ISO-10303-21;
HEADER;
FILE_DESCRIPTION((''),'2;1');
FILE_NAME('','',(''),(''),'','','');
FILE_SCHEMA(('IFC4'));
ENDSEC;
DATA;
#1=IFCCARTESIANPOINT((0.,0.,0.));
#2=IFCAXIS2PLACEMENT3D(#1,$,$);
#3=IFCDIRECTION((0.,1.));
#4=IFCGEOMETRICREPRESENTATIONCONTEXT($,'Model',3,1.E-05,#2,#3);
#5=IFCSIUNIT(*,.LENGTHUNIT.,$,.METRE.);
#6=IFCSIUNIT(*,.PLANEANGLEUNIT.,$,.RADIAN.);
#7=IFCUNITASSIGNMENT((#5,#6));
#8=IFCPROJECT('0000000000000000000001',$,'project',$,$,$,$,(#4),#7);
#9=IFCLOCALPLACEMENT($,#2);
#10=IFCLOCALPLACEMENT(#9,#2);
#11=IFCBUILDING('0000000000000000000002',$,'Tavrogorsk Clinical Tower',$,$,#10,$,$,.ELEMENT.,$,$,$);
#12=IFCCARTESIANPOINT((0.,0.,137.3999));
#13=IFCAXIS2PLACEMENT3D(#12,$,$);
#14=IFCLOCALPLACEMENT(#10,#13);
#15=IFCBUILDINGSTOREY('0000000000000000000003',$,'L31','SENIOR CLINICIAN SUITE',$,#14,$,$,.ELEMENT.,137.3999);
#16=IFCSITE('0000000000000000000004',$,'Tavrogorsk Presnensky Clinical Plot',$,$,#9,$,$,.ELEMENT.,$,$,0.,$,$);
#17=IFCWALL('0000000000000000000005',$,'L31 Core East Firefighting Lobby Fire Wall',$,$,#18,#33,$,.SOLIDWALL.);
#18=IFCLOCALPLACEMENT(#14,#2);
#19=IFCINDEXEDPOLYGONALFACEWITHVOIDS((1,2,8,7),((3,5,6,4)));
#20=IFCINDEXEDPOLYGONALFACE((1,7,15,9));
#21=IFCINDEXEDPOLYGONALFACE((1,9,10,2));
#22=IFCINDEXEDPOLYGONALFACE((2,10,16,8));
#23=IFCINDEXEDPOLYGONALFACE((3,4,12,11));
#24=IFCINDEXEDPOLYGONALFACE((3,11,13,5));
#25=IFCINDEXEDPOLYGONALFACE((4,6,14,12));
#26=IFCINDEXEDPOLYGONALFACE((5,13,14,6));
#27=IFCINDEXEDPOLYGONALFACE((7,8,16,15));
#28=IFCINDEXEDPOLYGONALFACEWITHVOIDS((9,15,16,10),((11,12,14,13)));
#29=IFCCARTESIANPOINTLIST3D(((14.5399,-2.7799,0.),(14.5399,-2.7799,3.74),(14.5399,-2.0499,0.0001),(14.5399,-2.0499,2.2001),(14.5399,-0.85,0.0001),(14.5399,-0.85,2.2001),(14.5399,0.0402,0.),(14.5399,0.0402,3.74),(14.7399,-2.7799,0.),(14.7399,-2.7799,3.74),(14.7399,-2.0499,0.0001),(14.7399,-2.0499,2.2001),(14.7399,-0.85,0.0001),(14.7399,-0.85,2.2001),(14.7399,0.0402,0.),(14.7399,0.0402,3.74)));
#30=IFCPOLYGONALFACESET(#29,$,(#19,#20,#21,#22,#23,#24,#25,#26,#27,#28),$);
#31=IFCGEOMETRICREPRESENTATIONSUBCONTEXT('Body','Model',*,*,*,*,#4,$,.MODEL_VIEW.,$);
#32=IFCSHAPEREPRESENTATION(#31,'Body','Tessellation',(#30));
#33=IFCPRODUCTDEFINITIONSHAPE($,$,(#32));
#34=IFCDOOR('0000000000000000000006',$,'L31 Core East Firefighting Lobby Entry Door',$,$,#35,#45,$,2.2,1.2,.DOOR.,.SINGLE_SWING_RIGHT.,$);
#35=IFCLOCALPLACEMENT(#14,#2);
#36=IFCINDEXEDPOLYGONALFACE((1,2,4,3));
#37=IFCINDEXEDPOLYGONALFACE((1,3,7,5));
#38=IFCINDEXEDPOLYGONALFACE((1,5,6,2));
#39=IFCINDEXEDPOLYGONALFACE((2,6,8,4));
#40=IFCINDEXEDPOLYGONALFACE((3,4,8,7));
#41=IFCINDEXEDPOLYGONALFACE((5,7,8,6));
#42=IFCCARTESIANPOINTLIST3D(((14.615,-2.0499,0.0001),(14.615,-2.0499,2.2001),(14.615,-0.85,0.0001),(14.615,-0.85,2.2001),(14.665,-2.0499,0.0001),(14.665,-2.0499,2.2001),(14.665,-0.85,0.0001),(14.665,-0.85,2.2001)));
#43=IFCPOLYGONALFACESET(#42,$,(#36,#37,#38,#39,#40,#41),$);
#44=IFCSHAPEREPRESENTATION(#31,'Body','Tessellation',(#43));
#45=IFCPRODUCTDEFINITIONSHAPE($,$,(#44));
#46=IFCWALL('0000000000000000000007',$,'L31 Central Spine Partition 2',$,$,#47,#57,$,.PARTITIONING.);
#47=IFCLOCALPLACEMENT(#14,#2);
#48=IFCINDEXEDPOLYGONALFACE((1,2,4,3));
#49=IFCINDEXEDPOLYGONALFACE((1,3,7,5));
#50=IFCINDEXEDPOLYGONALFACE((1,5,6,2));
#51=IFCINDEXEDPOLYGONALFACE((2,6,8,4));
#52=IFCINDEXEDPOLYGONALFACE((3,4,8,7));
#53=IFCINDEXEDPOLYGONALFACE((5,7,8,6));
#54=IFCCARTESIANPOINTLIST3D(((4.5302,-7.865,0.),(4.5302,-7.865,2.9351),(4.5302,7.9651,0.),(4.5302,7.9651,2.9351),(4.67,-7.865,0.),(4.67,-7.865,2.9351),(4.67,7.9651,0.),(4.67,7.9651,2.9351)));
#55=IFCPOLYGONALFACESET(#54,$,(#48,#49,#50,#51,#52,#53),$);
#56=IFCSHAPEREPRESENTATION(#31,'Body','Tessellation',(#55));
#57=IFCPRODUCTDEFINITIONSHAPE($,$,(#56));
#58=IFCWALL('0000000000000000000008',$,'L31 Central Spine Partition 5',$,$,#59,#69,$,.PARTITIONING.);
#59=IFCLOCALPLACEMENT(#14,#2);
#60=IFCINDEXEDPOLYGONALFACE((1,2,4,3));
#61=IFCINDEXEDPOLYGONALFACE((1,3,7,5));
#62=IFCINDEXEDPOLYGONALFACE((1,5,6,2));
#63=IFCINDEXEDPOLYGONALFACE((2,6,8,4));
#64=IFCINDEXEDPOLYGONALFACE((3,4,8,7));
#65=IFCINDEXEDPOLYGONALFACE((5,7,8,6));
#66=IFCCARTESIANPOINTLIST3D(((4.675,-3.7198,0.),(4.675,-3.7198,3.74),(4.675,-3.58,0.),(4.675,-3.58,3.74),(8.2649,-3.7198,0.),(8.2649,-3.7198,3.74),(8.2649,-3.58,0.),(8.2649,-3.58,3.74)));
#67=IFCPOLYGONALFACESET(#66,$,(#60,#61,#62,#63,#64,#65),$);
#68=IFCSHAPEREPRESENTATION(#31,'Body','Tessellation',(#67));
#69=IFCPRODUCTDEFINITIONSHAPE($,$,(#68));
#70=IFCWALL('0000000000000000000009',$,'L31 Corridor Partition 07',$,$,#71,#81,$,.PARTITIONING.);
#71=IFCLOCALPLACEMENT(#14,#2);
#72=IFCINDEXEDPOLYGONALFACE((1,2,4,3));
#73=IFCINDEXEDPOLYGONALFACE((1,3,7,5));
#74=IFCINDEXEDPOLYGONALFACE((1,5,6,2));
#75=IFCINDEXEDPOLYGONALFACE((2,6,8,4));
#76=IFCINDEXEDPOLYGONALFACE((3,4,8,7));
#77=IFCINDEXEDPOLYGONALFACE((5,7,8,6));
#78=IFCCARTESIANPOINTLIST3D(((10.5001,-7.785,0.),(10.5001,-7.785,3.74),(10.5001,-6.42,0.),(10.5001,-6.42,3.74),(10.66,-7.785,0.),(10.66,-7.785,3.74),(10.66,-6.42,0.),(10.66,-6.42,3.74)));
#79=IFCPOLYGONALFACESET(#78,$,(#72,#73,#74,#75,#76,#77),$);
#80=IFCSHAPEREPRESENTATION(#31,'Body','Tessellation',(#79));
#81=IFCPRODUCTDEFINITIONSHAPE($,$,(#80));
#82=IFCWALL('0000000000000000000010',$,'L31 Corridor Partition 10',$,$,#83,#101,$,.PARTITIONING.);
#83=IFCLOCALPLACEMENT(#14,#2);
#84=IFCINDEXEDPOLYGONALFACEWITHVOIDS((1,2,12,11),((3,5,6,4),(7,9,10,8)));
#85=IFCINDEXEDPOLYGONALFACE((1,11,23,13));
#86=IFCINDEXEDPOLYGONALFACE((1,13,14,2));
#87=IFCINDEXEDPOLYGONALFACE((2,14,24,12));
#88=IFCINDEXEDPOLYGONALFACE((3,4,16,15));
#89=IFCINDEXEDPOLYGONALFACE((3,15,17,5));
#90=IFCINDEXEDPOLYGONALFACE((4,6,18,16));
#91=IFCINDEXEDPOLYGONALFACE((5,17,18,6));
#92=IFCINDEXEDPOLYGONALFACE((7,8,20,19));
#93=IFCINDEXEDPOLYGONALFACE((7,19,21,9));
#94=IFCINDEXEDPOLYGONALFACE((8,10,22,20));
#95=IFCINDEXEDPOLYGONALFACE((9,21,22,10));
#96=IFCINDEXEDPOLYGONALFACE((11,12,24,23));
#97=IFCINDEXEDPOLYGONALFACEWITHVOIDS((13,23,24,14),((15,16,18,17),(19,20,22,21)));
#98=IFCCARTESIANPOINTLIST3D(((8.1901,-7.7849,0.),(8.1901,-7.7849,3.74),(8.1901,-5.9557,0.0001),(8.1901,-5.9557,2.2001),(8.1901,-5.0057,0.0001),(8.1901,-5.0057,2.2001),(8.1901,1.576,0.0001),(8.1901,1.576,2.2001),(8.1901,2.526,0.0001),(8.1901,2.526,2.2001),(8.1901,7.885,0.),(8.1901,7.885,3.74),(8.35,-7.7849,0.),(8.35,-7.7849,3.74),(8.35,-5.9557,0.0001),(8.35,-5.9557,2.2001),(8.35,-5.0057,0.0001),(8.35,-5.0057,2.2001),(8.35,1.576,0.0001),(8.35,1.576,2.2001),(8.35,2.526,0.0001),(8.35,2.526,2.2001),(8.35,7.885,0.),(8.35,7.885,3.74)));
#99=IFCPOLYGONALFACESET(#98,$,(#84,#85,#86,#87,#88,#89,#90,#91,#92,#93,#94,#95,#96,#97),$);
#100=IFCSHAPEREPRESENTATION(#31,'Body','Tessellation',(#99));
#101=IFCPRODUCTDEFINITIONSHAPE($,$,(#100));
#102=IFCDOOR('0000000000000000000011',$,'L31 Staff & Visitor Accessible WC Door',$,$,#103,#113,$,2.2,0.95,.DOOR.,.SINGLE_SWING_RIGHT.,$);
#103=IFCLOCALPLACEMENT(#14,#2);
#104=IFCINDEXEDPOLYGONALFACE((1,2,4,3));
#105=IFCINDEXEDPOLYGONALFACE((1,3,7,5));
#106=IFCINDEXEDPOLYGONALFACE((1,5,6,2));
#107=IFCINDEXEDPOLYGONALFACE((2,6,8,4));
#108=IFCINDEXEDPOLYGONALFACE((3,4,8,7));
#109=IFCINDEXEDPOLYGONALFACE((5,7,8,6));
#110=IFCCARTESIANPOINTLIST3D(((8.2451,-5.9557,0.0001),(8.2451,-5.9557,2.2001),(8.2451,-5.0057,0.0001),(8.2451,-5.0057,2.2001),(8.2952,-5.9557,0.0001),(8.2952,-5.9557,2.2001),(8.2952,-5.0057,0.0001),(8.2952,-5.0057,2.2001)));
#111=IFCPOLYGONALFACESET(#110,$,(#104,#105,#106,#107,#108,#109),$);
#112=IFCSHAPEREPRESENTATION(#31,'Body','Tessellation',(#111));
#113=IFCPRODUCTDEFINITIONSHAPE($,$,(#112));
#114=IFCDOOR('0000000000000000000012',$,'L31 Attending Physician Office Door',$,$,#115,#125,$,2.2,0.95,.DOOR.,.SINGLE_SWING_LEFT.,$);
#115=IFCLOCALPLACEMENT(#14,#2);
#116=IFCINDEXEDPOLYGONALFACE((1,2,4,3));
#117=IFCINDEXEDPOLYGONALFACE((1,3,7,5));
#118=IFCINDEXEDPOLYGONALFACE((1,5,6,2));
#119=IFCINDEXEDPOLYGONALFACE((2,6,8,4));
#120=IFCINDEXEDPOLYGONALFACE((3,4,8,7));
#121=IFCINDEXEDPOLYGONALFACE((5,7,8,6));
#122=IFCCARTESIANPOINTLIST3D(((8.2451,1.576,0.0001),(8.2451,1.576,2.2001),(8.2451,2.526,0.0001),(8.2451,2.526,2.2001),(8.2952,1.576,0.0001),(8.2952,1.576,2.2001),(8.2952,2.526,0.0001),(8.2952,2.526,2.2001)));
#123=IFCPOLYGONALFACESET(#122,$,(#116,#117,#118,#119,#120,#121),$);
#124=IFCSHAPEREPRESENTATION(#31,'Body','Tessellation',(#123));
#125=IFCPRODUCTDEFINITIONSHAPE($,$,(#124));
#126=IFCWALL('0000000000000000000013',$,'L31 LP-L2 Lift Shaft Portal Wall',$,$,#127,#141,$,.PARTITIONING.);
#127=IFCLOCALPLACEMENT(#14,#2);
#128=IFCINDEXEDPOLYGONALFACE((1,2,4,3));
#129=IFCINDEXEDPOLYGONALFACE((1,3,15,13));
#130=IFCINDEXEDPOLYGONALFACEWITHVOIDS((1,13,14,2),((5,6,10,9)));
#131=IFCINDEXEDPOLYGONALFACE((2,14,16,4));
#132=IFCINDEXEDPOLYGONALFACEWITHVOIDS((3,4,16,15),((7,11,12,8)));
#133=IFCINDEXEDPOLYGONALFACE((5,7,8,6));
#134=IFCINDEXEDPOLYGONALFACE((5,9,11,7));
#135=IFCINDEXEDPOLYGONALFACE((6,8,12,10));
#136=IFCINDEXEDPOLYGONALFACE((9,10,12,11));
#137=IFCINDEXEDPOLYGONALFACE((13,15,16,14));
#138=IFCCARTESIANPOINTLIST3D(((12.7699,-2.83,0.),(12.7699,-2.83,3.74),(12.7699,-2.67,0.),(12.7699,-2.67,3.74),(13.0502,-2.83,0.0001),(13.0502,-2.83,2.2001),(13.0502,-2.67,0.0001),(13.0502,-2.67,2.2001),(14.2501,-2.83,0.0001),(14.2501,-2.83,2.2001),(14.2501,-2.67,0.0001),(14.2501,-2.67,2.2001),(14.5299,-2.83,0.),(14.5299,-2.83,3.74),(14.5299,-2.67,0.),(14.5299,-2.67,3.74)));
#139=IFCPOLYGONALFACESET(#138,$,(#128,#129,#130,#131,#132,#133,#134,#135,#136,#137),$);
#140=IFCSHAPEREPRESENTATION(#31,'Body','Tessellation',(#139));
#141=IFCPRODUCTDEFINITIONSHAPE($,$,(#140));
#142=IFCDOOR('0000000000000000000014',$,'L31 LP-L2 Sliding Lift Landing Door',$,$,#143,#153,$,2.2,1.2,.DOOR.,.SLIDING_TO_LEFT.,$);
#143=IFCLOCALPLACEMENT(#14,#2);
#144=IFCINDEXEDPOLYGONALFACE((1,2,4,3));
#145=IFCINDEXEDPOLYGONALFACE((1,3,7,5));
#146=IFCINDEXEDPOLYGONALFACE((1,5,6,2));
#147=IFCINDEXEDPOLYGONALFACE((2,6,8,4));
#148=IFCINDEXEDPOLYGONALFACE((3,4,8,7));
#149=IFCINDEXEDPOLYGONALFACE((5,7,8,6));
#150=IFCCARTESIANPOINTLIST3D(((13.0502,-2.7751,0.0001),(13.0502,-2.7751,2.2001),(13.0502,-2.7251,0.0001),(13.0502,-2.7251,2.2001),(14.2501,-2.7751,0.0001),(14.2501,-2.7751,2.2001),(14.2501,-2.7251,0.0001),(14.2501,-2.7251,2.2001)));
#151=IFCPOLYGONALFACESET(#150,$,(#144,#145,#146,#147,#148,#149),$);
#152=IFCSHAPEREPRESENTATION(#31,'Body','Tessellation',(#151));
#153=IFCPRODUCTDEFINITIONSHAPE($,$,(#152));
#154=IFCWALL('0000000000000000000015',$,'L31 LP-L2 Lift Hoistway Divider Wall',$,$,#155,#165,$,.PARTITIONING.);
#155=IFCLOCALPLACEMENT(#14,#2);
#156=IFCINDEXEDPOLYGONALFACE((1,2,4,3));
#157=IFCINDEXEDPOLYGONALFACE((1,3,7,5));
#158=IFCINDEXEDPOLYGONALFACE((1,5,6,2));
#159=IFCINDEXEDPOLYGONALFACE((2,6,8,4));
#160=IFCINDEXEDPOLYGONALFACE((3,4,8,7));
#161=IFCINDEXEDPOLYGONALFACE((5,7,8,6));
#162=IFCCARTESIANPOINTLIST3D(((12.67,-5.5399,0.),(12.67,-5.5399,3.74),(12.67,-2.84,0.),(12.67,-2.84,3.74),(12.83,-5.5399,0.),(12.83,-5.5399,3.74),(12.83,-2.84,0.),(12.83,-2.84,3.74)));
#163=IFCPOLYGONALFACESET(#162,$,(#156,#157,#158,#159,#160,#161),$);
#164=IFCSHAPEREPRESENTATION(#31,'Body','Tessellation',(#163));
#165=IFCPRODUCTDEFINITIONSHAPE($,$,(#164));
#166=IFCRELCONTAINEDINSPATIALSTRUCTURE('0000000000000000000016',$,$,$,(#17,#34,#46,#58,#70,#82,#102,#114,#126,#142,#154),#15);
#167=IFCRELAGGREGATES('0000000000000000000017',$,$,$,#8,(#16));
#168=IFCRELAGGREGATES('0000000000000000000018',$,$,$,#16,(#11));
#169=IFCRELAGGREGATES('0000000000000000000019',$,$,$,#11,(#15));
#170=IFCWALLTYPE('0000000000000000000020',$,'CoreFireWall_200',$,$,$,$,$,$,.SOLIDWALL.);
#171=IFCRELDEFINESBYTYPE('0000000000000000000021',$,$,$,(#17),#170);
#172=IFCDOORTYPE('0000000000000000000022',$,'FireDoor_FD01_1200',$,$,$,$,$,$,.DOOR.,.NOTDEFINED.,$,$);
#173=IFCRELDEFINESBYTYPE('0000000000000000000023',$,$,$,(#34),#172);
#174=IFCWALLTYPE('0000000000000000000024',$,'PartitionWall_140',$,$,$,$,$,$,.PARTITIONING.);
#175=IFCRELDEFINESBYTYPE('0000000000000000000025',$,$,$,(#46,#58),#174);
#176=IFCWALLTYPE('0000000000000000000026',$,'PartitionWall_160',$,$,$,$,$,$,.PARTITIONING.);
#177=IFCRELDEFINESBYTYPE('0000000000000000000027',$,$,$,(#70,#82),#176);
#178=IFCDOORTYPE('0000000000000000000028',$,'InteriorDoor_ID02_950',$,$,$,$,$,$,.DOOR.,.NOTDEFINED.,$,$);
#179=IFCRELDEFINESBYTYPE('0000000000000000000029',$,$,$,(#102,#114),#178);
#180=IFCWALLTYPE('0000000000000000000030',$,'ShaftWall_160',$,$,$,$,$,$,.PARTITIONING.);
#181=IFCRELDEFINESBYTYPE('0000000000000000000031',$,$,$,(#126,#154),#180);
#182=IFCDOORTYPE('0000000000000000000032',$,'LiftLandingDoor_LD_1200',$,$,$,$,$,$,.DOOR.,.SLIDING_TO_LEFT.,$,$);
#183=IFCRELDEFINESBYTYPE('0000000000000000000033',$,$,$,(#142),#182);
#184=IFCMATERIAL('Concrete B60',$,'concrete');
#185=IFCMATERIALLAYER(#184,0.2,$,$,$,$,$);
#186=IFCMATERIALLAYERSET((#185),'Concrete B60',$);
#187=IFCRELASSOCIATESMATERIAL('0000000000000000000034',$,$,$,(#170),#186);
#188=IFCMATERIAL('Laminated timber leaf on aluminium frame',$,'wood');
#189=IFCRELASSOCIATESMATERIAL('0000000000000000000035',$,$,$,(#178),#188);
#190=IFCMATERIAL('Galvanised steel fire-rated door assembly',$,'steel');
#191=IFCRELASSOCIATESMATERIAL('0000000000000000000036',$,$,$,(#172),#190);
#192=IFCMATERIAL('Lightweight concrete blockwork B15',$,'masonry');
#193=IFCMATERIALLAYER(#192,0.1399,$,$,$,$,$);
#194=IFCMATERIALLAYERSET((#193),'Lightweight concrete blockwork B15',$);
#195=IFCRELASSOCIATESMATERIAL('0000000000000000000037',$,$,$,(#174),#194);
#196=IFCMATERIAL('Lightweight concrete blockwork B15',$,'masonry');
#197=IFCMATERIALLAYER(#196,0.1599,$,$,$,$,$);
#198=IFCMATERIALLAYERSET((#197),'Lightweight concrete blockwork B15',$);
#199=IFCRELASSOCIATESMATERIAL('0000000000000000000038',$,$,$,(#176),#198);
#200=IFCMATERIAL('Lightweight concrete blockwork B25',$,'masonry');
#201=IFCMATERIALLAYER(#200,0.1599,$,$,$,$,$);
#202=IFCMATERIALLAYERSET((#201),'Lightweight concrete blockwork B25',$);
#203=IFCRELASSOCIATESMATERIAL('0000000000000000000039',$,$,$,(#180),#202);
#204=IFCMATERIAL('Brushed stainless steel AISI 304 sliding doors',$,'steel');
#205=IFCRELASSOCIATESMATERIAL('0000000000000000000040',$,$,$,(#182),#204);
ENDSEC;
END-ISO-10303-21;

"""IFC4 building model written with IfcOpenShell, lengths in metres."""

from ifc_helpers import new_model, si_unit, direction, frame, frame_2d, origin, place, context, subcontext, project, spatial, rectangle, extrude, material, layer, layer_set, type_object, element, fill, save


model = new_model("IFC4")

# Units and contexts
model_context = context("Model", 3, precision=1e-05, world=origin(), true_north=direction((0.0, 1.0)))
body_context = subcontext(model_context, "Body", "Model", "MODEL_VIEW")
ifc_project = project(units=[si_unit("LENGTHUNIT", "METRE"), si_unit("PLANEANGLEUNIT", "RADIAN")], contexts=[model_context])

# Site, building, storey
site_placement = place(None, origin())
site = spatial("IfcSite", under=ifc_project, at=site_placement, Name="Tavrogorsk Presnensky Clinical Plot", CompositionType="ELEMENT", RefElevation=0.0)
building_placement = place(site_placement, origin())
building = spatial("IfcBuilding", under=site, at=building_placement, Name="Tavrogorsk Clinical Tower", CompositionType="ELEMENT")
storey_placement = place(building_placement, frame((0.0, 0.0, 137.3999)))
storey = spatial("IfcBuildingStorey", under=building, at=storey_placement, Name="L31", Description="SENIOR CLINICIAN SUITE", CompositionType="ELEMENT", Elevation=137.3999)

# Wall, opening, door
ifc_material_1 = material(Name="Concrete B60", Category="concrete")
ifc_layer_1 = layer(ifc_material_1, 0.2)
ifc_layer_set_1 = layer_set([ifc_layer_1], Name="Concrete B60")
wall_type_1 = type_object("IfcWallType", Name="CoreFireWall_200", PredefinedType="SOLIDWALL", material=ifc_layer_set_1)
ifc_material_2 = material(Name="Laminated timber leaf on aluminium frame", Category="wood")
door_type_1 = type_object("IfcDoorType", Name="InteriorDoor_ID02_950", OperationType="NOTDEFINED", PredefinedType="DOOR", material=ifc_material_2)
wall_1_placement = place(storey_placement, frame((14.6399, -2.78, 0.0), z_axis=(0.0, 0.0, 1.0), x_axis=(0.0, 1.0, 0.0)))
wall_1 = element("IfcWall", 1, at=wall_1_placement, inside=storey, type_object=wall_type_1, Name="L31 Core East Firefighting Lobby Fire Wall", PredefinedType="SOLIDWALL", context=body_context, shape_type="SweptSolid", body=[
    extrude(rectangle(XDim=2.8201, YDim=0.2, at=frame_2d((1.4102, 0.0))), origin(), (0.0, 0.0, 1.0), 3.74),
])
opening_1_placement = place(wall_1_placement, frame((0.73, 0.0, 0.0)))
opening_1 = element("IfcOpeningElement", 2, at=opening_1_placement, cuts=wall_1, PredefinedType="OPENING", context=body_context, shape_type="SweptSolid", body=[
    extrude(rectangle(XDim=1.2, YDim=2.2, at=frame_2d((0.6001, 1.1001))), frame((0.0, 0.1099, 0.0), z_axis=(0.0, -1.0, 0.0), x_axis=(1.0, 0.0, 0.0)), (0.0, 0.0, 1.0), 0.22),
])
ifc_material_3 = material(Name="Galvanised steel fire-rated door assembly", Category="steel")
door_type_2 = type_object("IfcDoorType", Name="FireDoor_FD01_1200", OperationType="NOTDEFINED", PredefinedType="DOOR", material=ifc_material_3)
door_1_placement = place(opening_1_placement, origin())
door_1 = element("IfcDoor", 3, at=door_1_placement, inside=storey, type_object=door_type_2, Name="L31 Core East Firefighting Lobby Entry Door", OperationType="SINGLE_SWING_RIGHT", OverallHeight=2.2, OverallWidth=1.2, PredefinedType="DOOR", context=body_context, shape_type="SweptSolid", body=[
    extrude(rectangle(XDim=1.2, YDim=2.2, at=frame_2d((0.6001, 1.1001))), frame((0.0, 0.0249, 0.0), z_axis=(0.0, -1.0, 0.0), x_axis=(1.0, 0.0, 0.0)), (0.0, 0.0, 1.0), 0.05),
])
fill(opening_1, door_1)

# Walls
ifc_material_4 = material(Name="Lightweight concrete blockwork B15", Category="masonry")
ifc_layer_2 = layer(ifc_material_4, 0.1399)
ifc_layer_set_2 = layer_set([ifc_layer_2], Name="Lightweight concrete blockwork B15")
wall_type_2 = type_object("IfcWallType", Name="PartitionWall_140", PredefinedType="PARTITIONING", material=ifc_layer_set_2)
wall_2_placement = place(storey_placement, frame((4.6001, -7.865, 0.0), z_axis=(0.0, 0.0, 1.0), x_axis=(0.0, 1.0, 0.0)))
element("IfcWall", 4, at=wall_2_placement, inside=storey, type_object=wall_type_2, Name="L31 Central Spine Partition 2", PredefinedType="PARTITIONING", context=body_context, shape_type="SweptSolid", body=[
    extrude(rectangle(XDim=15.8301, YDim=0.1399, at=frame_2d((7.915, 0.0))), origin(), (0.0, 0.0, 1.0), 2.9351),
])
wall_3_placement = place(storey_placement, frame((4.675, -3.6499, 0.0), z_axis=(0.0, 0.0, 1.0), x_axis=(1.0, 0.0, 0.0)))
element("IfcWall", 5, at=wall_3_placement, inside=storey, type_object=wall_type_2, Name="L31 Central Spine Partition 5", PredefinedType="PARTITIONING", context=body_context, shape_type="SweptSolid", body=[
    extrude(rectangle(XDim=3.5898, YDim=0.1399, at=frame_2d((1.7949, 0.0))), origin(), (0.0, 0.0, 1.0), 3.74),
])
ifc_material_5 = material(Name="Lightweight concrete blockwork B15", Category="masonry")
ifc_layer_3 = layer(ifc_material_5, 0.1599)
ifc_layer_set_3 = layer_set([ifc_layer_3], Name="Lightweight concrete blockwork B15")
wall_type_3 = type_object("IfcWallType", Name="PartitionWall_160", PredefinedType="PARTITIONING", material=ifc_layer_set_3)
wall_4_placement = place(storey_placement, frame((10.5801, -6.4199, 0.0), z_axis=(0.0, 0.0, 1.0), x_axis=(0.0, -1.0, 0.0)))
element("IfcWall", 6, at=wall_4_placement, inside=storey, type_object=wall_type_3, Name="L31 Corridor Partition 07", PredefinedType="PARTITIONING", context=body_context, shape_type="SweptSolid", body=[
    extrude(rectangle(XDim=1.365, YDim=0.1599, at=frame_2d((0.6826, 0.0))), origin(), (0.0, 0.0, 1.0), 3.74),
])

# Wall, openings, doors
wall_5_placement = place(storey_placement, frame((8.27, -7.7849, 0.0), z_axis=(0.0, 0.0, 1.0), x_axis=(0.0, 1.0, 0.0)))
wall_5 = element("IfcWall", 7, at=wall_5_placement, inside=storey, type_object=wall_type_3, Name="L31 Corridor Partition 10", PredefinedType="PARTITIONING", context=body_context, shape_type="SweptSolid", body=[
    extrude(rectangle(XDim=15.6699, YDim=0.1599, at=frame_2d((7.835, 0.0))), origin(), (0.0, 0.0, 1.0), 3.74),
])
opening_2_placement = place(wall_5_placement, frame((1.8291, 0.0, 0.0)))
opening_2 = element("IfcOpeningElement", 8, at=opening_2_placement, cuts=wall_5, PredefinedType="OPENING", context=body_context, shape_type="SweptSolid", body=[
    extrude(rectangle(XDim=0.95, YDim=2.2, at=frame_2d((0.4751, 1.1001))), frame((0.0, 0.0898, 0.0), z_axis=(0.0, -1.0, 0.0), x_axis=(1.0, 0.0, 0.0)), (0.0, 0.0, 1.0), 0.1799),
])
opening_3_placement = place(wall_5_placement, frame((9.3608, 0.0, 0.0)))
opening_3 = element("IfcOpeningElement", 9, at=opening_3_placement, cuts=wall_5, PredefinedType="OPENING", context=body_context, shape_type="SweptSolid", body=[
    extrude(rectangle(XDim=0.95, YDim=2.2, at=frame_2d((0.4751, 1.1001))), frame((0.0, 0.0898, 0.0), z_axis=(0.0, -1.0, 0.0), x_axis=(1.0, 0.0, 0.0)), (0.0, 0.0, 1.0), 0.1799),
])
door_2_placement = place(opening_2_placement, origin())
door_2 = element("IfcDoor", 10, at=door_2_placement, inside=storey, type_object=door_type_1, Name="L31 Staff & Visitor Accessible WC Door", OperationType="SINGLE_SWING_RIGHT", OverallHeight=2.2, OverallWidth=0.95, PredefinedType="DOOR", context=body_context, shape_type="SweptSolid", body=[
    extrude(rectangle(XDim=0.95, YDim=2.2, at=frame_2d((0.4751, 1.1001))), frame((0.0, 0.0249, 0.0), z_axis=(0.0, -1.0, 0.0), x_axis=(1.0, 0.0, 0.0)), (0.0, 0.0, 1.0), 0.05),
])
fill(opening_2, door_2)
door_3_placement = place(opening_3_placement, origin())
door_3 = element("IfcDoor", 11, at=door_3_placement, inside=storey, type_object=door_type_1, Name="L31 Attending Physician Office Door", OperationType="SINGLE_SWING_LEFT", OverallHeight=2.2, OverallWidth=0.95, PredefinedType="DOOR", context=body_context, shape_type="SweptSolid", body=[
    extrude(rectangle(XDim=0.95, YDim=2.2, at=frame_2d((0.4751, 1.1001))), frame((0.0, 0.0249, 0.0), z_axis=(0.0, -1.0, 0.0), x_axis=(1.0, 0.0, 0.0)), (0.0, 0.0, 1.0), 0.05),
])
fill(opening_3, door_3)

# Wall, opening, door
ifc_material_6 = material(Name="Lightweight concrete blockwork B25", Category="masonry")
ifc_layer_4 = layer(ifc_material_6, 0.1599)
ifc_layer_set_4 = layer_set([ifc_layer_4], Name="Lightweight concrete blockwork B25")
wall_type_4 = type_object("IfcWallType", Name="ShaftWall_160", PredefinedType="PARTITIONING", material=ifc_layer_set_4)
wall_6_placement = place(storey_placement, frame((12.77, -2.75, 0.0), z_axis=(0.0, 0.0, 1.0), x_axis=(1.0, 0.0, 0.0)))
wall_6 = element("IfcWall", 12, at=wall_6_placement, inside=storey, type_object=wall_type_4, Name="L31 LP-L2 Lift Shaft Portal Wall", PredefinedType="PARTITIONING", context=body_context, shape_type="SweptSolid", body=[
    extrude(rectangle(XDim=1.76, YDim=0.1599, at=frame_2d((0.8799, 0.0))), origin(), (0.0, 0.0, 1.0), 3.74),
])
opening_4_placement = place(wall_6_placement, frame((0.28, 0.0, 0.0)))
opening_4 = element("IfcOpeningElement", 13, at=opening_4_placement, cuts=wall_6, PredefinedType="OPENING", context=body_context, shape_type="SweptSolid", body=[
    extrude(rectangle(XDim=1.2, YDim=2.2, at=frame_2d((0.6001, 1.1001))), frame((0.0, 0.0898, 0.0), z_axis=(0.0, -1.0, 0.0), x_axis=(1.0, 0.0, 0.0)), (0.0, 0.0, 1.0), 0.1799),
])
ifc_material_7 = material(Name="Brushed stainless steel AISI 304 sliding doors", Category="steel")
door_type_3 = type_object("IfcDoorType", Name="LiftLandingDoor_LD_1200", OperationType="SLIDING_TO_LEFT", PredefinedType="DOOR", material=ifc_material_7)
door_4_placement = place(opening_4_placement, origin())
door_4 = element("IfcDoor", 14, at=door_4_placement, inside=storey, type_object=door_type_3, Name="L31 LP-L2 Sliding Lift Landing Door", OperationType="SLIDING_TO_LEFT", OverallHeight=2.2, OverallWidth=1.2, PredefinedType="DOOR", context=body_context, shape_type="SweptSolid", body=[
    extrude(rectangle(XDim=1.2, YDim=2.2, at=frame_2d((0.6001, 1.1001))), frame((0.0, 0.0249, 0.0), z_axis=(0.0, -1.0, 0.0), x_axis=(1.0, 0.0, 0.0)), (0.0, 0.0, 1.0), 0.05),
])
fill(opening_4, door_4)

# Wall
for number, where, z_axis, x_axis, name in (
    (15, (12.75, -5.54, 0.0), (0.0, 0.0, 1.0), (0.0, 1.0, 0.0), "L31 LP-L2 Lift Hoistway Divider Wall"),
):
    element("IfcWall", number, at=place(storey_placement, frame(where, z_axis=z_axis, x_axis=x_axis)), inside=storey, type_object=wall_type_4, Name=name, PredefinedType="PARTITIONING", context=body_context, shape_type="SweptSolid", body=[
        extrude(rectangle(XDim=2.7, YDim=0.1599, at=frame_2d((1.3501, 0.0))), origin(), (0.0, 0.0, 1.0), 3.74),
    ])

save(model, "model.ifc")
